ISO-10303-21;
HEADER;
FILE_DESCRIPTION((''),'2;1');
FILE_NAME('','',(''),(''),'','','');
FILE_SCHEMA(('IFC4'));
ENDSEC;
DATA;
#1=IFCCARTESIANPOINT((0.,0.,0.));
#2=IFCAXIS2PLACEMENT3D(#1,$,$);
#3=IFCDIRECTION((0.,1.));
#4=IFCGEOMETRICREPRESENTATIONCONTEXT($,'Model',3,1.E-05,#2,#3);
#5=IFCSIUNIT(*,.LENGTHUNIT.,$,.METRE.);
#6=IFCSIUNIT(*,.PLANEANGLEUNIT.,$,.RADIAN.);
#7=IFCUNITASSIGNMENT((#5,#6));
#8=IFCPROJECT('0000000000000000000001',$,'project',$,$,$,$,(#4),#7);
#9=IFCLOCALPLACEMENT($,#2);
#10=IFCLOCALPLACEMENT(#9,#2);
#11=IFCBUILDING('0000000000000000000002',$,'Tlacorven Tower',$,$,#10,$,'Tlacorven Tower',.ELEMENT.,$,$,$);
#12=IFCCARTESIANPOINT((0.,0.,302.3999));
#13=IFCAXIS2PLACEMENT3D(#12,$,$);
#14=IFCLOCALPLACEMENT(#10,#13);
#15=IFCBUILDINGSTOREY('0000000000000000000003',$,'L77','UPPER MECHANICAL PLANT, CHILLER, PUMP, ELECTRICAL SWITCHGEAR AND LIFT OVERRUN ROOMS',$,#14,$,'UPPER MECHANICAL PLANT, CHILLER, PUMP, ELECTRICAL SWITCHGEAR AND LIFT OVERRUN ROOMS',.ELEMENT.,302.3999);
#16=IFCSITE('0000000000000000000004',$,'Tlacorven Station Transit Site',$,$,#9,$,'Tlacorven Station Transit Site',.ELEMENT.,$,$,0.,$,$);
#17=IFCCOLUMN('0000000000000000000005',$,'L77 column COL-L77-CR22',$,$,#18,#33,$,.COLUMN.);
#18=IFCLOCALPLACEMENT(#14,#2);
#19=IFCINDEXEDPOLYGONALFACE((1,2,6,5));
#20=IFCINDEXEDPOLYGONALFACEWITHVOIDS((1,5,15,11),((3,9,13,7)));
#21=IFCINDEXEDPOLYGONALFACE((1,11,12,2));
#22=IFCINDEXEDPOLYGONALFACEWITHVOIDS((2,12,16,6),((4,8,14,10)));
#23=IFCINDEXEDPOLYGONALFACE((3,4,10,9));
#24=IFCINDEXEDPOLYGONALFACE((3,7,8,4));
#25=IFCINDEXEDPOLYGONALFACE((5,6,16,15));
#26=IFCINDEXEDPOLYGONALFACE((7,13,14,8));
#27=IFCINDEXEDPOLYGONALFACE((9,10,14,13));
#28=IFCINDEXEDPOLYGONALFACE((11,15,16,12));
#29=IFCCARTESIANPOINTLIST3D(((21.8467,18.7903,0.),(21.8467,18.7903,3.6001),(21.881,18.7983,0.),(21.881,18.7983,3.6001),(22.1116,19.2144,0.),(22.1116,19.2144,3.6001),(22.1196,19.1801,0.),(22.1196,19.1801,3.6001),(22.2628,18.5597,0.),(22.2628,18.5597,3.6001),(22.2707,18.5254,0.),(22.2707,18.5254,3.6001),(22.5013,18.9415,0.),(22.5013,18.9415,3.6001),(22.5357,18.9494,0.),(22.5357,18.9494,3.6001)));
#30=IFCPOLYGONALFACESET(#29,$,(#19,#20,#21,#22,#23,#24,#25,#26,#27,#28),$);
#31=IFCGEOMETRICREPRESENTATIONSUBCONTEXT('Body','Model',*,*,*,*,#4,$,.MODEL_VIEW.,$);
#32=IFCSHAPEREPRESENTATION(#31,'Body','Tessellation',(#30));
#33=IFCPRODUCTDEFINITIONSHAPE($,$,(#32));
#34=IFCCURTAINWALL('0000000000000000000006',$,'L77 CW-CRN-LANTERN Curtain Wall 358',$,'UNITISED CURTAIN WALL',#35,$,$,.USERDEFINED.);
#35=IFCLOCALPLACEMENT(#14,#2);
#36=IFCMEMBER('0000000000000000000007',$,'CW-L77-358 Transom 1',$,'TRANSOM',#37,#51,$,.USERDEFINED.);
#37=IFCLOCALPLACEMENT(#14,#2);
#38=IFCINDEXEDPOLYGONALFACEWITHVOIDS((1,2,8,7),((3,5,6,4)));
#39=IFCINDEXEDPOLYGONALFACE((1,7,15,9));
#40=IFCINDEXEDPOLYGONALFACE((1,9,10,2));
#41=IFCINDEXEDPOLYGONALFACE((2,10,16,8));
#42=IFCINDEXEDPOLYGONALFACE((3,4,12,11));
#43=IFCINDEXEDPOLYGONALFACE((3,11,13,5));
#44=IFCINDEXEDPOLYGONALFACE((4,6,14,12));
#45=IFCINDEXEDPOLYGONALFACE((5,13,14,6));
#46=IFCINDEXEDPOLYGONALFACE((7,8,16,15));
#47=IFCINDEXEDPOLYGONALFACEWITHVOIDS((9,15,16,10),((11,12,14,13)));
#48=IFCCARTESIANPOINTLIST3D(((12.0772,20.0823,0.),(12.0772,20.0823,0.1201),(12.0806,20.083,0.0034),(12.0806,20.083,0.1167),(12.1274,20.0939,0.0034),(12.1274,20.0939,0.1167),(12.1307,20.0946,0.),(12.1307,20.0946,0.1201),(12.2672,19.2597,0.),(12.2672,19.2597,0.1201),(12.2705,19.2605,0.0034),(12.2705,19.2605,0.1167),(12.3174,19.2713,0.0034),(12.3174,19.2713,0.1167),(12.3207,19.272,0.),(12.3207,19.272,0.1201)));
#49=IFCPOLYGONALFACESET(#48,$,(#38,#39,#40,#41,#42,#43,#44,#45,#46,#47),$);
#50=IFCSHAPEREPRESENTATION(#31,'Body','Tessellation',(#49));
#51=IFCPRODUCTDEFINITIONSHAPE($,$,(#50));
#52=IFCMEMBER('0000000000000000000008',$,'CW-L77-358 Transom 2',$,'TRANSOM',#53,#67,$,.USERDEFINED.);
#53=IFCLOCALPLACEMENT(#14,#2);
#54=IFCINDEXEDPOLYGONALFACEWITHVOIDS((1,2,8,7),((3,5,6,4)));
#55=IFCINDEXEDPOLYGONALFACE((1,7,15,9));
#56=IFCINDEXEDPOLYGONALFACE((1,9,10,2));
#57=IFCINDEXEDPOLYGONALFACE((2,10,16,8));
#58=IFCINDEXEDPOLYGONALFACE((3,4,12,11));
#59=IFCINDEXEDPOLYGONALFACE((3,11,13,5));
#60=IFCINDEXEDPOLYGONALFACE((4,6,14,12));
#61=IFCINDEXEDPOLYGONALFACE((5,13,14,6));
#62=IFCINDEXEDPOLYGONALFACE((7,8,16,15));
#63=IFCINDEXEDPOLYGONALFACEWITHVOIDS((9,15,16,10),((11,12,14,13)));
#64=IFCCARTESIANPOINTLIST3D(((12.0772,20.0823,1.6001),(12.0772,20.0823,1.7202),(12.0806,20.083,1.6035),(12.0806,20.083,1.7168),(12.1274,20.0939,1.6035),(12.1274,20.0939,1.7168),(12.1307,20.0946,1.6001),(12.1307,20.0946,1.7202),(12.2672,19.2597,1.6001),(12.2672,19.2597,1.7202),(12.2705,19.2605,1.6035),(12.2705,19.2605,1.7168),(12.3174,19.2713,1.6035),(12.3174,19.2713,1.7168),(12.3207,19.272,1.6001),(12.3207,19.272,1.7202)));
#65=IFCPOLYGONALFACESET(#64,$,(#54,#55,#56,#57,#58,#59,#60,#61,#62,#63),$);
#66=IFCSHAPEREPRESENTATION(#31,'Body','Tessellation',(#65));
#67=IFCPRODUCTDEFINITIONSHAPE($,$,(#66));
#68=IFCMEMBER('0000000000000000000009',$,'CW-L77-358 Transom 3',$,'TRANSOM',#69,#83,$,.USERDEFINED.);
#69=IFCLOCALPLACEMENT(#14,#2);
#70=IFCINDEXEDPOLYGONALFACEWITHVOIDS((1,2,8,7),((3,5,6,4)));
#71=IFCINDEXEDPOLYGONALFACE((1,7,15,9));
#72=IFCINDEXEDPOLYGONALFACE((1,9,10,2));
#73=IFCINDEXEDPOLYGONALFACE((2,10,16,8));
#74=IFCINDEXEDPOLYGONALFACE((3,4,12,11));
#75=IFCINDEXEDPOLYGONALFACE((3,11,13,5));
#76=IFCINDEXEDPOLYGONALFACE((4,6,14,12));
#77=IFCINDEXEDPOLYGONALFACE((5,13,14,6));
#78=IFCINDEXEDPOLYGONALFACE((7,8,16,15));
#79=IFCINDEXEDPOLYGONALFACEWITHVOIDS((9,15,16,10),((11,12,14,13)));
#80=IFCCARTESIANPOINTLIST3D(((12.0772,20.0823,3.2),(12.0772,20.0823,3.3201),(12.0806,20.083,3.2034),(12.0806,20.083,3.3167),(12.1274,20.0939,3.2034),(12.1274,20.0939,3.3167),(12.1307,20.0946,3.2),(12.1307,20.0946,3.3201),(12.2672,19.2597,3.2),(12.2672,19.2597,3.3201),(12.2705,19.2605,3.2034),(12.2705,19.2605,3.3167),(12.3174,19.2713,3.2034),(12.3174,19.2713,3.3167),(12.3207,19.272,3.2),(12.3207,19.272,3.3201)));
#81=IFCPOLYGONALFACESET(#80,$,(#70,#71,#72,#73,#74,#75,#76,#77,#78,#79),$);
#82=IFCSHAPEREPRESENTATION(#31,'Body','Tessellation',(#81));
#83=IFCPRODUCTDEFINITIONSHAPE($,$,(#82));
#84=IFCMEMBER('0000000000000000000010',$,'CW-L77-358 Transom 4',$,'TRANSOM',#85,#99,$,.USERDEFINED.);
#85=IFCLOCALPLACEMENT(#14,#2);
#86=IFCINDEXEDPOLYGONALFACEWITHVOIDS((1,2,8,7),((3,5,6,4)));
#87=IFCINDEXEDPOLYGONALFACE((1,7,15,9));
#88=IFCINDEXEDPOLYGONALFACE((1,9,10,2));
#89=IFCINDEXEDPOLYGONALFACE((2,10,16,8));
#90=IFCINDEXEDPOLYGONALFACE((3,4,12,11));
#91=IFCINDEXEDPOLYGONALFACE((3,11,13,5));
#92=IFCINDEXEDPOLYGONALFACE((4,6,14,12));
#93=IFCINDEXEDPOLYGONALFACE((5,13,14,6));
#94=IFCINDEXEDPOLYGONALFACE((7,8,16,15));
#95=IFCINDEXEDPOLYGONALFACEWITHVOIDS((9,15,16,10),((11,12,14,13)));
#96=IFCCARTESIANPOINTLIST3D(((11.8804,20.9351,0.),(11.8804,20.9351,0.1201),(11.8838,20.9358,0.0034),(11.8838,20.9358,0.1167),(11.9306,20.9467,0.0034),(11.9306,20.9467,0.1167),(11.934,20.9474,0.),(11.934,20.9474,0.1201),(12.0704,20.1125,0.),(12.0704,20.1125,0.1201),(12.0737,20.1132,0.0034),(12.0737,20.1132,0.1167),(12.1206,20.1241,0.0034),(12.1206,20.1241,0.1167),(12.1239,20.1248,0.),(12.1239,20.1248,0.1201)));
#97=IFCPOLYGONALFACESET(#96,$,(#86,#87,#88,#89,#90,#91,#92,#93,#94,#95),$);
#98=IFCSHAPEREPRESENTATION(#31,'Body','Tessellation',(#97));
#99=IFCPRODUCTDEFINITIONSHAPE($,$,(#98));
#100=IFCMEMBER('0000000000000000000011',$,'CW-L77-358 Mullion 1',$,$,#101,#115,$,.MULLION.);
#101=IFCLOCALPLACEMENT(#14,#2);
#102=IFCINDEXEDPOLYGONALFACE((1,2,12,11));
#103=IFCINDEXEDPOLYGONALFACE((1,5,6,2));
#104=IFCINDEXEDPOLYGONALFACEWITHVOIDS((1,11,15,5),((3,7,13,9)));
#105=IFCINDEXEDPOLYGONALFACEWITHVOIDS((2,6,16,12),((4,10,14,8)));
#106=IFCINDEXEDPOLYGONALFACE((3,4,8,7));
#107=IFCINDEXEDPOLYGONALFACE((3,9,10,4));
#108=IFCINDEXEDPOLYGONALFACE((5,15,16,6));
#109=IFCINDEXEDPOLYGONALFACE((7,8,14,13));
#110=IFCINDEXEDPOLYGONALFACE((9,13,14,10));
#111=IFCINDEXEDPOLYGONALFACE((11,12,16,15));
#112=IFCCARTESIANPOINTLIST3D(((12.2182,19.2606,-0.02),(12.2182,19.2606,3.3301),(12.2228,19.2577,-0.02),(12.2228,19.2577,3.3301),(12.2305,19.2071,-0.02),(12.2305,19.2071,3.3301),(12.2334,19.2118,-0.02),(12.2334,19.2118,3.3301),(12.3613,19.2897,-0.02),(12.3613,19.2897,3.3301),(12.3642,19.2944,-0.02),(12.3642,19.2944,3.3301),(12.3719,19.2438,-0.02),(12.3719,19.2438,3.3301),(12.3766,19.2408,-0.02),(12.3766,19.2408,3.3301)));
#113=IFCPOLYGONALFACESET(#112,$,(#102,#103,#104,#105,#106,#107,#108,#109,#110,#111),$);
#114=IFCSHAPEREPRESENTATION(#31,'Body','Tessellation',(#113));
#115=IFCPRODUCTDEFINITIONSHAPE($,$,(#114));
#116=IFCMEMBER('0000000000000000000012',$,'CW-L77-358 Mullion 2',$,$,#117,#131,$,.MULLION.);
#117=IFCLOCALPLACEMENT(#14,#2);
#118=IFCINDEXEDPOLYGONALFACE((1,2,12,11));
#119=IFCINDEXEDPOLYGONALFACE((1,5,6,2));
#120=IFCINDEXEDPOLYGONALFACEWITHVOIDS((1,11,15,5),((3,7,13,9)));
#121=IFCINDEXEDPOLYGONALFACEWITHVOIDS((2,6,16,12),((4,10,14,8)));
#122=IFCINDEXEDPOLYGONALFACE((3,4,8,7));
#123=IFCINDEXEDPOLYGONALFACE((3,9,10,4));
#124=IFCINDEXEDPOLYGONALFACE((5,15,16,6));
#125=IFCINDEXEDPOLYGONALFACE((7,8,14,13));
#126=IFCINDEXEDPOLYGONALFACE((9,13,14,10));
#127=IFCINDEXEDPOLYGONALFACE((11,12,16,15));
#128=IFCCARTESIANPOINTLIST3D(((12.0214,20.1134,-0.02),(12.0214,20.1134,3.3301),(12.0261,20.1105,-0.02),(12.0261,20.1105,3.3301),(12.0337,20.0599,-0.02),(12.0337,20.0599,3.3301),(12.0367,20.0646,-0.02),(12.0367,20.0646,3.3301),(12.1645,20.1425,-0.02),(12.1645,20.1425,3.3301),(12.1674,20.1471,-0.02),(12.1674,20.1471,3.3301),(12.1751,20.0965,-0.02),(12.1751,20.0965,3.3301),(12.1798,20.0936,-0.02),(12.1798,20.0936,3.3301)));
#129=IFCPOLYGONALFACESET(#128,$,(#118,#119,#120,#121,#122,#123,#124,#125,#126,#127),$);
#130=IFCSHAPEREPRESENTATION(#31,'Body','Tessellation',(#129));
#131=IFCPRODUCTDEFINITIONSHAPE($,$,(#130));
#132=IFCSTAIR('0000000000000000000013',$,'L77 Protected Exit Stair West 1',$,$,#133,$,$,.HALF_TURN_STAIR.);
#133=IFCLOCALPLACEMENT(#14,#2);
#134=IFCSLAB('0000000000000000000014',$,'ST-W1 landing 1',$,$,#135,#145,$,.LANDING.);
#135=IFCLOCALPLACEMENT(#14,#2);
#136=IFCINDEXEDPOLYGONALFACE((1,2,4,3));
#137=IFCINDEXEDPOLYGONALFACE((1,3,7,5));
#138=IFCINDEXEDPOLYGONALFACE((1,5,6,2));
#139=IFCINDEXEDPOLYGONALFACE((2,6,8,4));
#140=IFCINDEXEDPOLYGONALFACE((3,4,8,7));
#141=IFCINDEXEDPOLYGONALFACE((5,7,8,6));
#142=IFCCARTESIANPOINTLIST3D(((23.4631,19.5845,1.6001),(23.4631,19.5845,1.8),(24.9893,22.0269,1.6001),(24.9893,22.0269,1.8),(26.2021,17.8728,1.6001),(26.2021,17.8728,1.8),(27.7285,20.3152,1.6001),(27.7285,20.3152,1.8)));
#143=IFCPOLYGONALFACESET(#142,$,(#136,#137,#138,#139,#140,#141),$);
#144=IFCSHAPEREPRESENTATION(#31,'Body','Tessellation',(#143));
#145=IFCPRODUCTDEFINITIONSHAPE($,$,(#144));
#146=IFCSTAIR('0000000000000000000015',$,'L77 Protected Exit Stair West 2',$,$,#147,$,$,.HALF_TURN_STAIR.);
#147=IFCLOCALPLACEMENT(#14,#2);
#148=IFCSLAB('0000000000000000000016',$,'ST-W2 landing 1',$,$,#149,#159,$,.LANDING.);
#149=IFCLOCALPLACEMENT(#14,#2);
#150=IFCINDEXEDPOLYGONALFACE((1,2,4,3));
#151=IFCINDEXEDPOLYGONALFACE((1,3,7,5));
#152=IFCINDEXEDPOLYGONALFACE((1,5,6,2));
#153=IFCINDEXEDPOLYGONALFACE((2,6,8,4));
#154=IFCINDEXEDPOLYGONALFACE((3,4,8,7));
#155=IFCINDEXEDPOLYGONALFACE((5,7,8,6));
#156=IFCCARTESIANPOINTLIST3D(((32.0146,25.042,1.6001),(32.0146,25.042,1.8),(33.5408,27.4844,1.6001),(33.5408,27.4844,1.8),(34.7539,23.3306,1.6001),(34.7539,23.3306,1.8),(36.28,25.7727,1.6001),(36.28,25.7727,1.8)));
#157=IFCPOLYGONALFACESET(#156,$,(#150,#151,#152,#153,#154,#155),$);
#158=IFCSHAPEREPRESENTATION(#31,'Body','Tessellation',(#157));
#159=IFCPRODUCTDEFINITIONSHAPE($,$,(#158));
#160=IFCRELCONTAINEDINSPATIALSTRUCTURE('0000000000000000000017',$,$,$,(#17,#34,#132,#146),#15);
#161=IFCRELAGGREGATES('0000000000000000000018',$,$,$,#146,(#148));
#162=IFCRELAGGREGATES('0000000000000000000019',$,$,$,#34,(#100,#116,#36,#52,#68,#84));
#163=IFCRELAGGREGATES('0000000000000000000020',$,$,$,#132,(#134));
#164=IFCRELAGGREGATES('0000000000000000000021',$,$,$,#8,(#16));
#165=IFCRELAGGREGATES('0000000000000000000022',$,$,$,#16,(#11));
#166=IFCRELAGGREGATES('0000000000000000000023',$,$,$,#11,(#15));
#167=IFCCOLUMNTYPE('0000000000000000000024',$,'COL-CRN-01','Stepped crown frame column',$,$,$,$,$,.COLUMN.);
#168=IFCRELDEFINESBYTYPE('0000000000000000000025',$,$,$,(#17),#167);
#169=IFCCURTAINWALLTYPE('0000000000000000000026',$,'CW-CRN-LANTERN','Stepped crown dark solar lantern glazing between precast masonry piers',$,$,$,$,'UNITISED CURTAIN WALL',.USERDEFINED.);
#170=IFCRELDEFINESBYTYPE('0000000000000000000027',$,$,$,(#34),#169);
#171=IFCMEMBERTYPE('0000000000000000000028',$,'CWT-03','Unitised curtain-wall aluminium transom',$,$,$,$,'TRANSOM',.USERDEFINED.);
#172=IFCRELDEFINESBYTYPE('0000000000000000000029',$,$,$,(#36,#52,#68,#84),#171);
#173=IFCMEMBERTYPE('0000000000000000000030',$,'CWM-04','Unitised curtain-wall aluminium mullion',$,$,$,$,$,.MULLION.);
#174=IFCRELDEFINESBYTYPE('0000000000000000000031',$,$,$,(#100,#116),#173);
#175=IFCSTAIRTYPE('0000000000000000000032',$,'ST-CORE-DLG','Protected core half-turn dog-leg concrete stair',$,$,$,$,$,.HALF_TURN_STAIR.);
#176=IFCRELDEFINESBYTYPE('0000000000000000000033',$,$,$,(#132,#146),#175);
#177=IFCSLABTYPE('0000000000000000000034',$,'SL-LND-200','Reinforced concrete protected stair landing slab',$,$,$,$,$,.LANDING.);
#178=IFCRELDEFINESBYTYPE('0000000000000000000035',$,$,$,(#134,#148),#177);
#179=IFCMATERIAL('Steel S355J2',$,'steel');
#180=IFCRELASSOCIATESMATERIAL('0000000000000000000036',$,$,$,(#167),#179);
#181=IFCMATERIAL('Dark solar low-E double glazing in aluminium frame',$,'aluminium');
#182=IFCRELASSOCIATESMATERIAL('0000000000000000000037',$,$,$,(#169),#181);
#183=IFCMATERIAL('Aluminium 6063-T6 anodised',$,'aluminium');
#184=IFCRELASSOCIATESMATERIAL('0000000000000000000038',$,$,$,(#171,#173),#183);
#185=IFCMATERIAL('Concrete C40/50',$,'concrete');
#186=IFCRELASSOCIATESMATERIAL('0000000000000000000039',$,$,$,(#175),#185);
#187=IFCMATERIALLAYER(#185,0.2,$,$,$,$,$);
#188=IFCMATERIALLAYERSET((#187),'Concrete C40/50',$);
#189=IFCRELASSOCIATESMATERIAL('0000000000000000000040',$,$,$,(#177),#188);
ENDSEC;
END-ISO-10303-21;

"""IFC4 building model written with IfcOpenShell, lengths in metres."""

from ifc_helpers import new_model, si_unit, direction, frame, origin, origin_2d, place, context, subcontext, project, spatial, polyline, hollow_rectangle, outline, extrude, source, transform, mapped, material, layer, layer_set, material_profile, profile_set, type_object, element, aggregate, save


model = new_model("IFC4")

# Units and contexts
model_context = context("Model", 3, precision=1e-05, world=origin(), true_north=direction((0.0, 1.0)))
body_context = subcontext(model_context, "Body", "Model", "MODEL_VIEW")
ifc_project = project(units=[si_unit("LENGTHUNIT", "METRE"), si_unit("PLANEANGLEUNIT", "RADIAN")], contexts=[model_context])

# Site, building, storey
site_placement = place(None, origin())
site = spatial("IfcSite", under=ifc_project, at=site_placement, Name="Tlacorven Station Transit Site", LongName="Tlacorven Station Transit Site", CompositionType="ELEMENT", RefElevation=0.0)
building_placement = place(site_placement, origin())
building = spatial("IfcBuilding", under=site, at=building_placement, Name="Tlacorven Tower", LongName="Tlacorven Tower", CompositionType="ELEMENT")
storey_placement = place(building_placement, frame((0.0, 0.0, 302.3999)))
storey = spatial("IfcBuildingStorey", under=building, at=storey_placement, Name="L77", Description="UPPER MECHANICAL PLANT, CHILLER, PUMP, ELECTRICAL SWITCHGEAR AND LIFT OVERRUN ROOMS", LongName="UPPER MECHANICAL PLANT, CHILLER, PUMP, ELECTRICAL SWITCHGEAR AND LIFT OVERRUN ROOMS", CompositionType="ELEMENT", Elevation=302.3999)

# Column
ifc_material_1 = material(Name="Steel S355J2", Category="steel")
ifc_material_profile_1 = material_profile(ifc_material_1, hollow_rectangle(XDim=0.5, YDim=0.5, WallThickness=0.0249, at=origin_2d()), Name="BOX 500X500X25")
ifc_profile_set_1 = profile_set([ifc_material_profile_1], Name="Steel S355J2")
column_type = type_object("IfcColumnType", Name="COL-CRN-01", Description="Stepped crown frame column", PredefinedType="COLUMN", material=ifc_profile_set_1)
shared_shape_1 = source(origin(), body_context, "Body", "SweptSolid", [
    extrude(hollow_rectangle(XDim=0.5, YDim=0.5, WallThickness=0.0249, at=origin_2d()), origin(), (0.0, 0.0, 1.0), 3.6001),
])
column_placement = place(storey_placement, frame((22.1912, 18.8699, 0.0), z_axis=(0.0, 0.0, 1.0), x_axis=(-0.848048, 0.529919, 0.0)))
element("IfcColumn", 1, at=column_placement, inside=storey, type_object=column_type, Name="L77 column COL-L77-CR22", PredefinedType="COLUMN", context=body_context, shape_type="MappedRepresentation", body=[
    mapped(shared_shape_1, transform((0.0, 0.0, 0.0), scale=1.0)),
])

# Curtain wall, members
ifc_material_2 = material(Name="Dark solar low-E double glazing in aluminium frame", Category="aluminium")
curtain_wall_type = type_object("IfcCurtainWallType", Name="CW-CRN-LANTERN", Description="Stepped crown dark solar lantern glazing between precast masonry piers", ElementType="UNITISED CURTAIN WALL", PredefinedType="USERDEFINED", material=ifc_material_2)
curtain_wall_placement = place(storey_placement, origin())
curtain_wall = element("IfcCurtainWall", 2, at=curtain_wall_placement, inside=storey, type_object=curtain_wall_type, Name="L77 CW-CRN-LANTERN Curtain Wall 358", ObjectType="UNITISED CURTAIN WALL", PredefinedType="USERDEFINED")
ifc_material_3 = material(Name="Aluminium 6063-T6 anodised", Category="aluminium")
ifc_material_profile_2 = material_profile(ifc_material_3, hollow_rectangle(XDim=0.0549, YDim=0.1201, WallThickness=0.0034, at=origin_2d()), Name="ALU TRANSOM 55X120")
ifc_profile_set_2 = profile_set([ifc_material_profile_2], Name="Aluminium 6063-T6 anodised")
member_type_1 = type_object("IfcMemberType", Name="CWT-03", Description="Unitised curtain-wall aluminium transom", ElementType="TRANSOM", PredefinedType="USERDEFINED", material=ifc_profile_set_2)
shared_shape_2 = source(origin(), body_context, "Body", "SweptSolid", [
    extrude(hollow_rectangle(XDim=0.0549, YDim=0.1201, WallThickness=0.0034, at=origin_2d()), origin(), (0.0, 0.0, 1.0), 0.8442),
])
member_1_placement = place(storey_placement, frame((12.2939, 19.2659, 0.0601), z_axis=(-0.225007, 0.974357, 0.0), x_axis=(-0.974357, -0.225007, 0.0)))
member_1 = element("IfcMember", 3, at=member_1_placement, type_object=member_type_1, Name="CW-L77-358 Transom 1", ObjectType="TRANSOM", PredefinedType="USERDEFINED", context=body_context, shape_type="MappedRepresentation", body=[
    mapped(shared_shape_2, transform((0.0, 0.0, 0.0), scale=1.0)),
])
member_2_placement = place(storey_placement, frame((12.2939, 19.2659, 1.6602), z_axis=(-0.225007, 0.974357, 0.0), x_axis=(-0.974357, -0.225007, 0.0)))
member_2 = element("IfcMember", 4, at=member_2_placement, type_object=member_type_1, Name="CW-L77-358 Transom 2", ObjectType="TRANSOM", PredefinedType="USERDEFINED", context=body_context, shape_type="MappedRepresentation", body=[
    mapped(shared_shape_2, transform((0.0, 0.0, 0.0), scale=1.0)),
])
member_3_placement = place(storey_placement, frame((12.2939, 19.2659, 3.26), z_axis=(-0.225007, 0.974357, 0.0), x_axis=(-0.974357, -0.225007, 0.0)))
member_3 = element("IfcMember", 5, at=member_3_placement, type_object=member_type_1, Name="CW-L77-358 Transom 3", ObjectType="TRANSOM", PredefinedType="USERDEFINED", context=body_context, shape_type="MappedRepresentation", body=[
    mapped(shared_shape_2, transform((0.0, 0.0, 0.0), scale=1.0)),
])
member_4_placement = place(storey_placement, frame((12.0972, 20.1187, 0.0601), z_axis=(-0.225007, 0.974357, 0.0), x_axis=(-0.974357, -0.225007, 0.0)))
member_4 = element("IfcMember", 6, at=member_4_placement, type_object=member_type_1, Name="CW-L77-358 Transom 4", ObjectType="TRANSOM", PredefinedType="USERDEFINED", context=body_context, shape_type="MappedRepresentation", body=[
    mapped(shared_shape_2, transform((0.0, 0.0, 0.0), scale=1.0)),
])
ifc_material_profile_3 = material_profile(ifc_material_3, hollow_rectangle(XDim=0.0549, YDim=0.1499, WallThickness=0.0039, at=origin_2d()), Name="ALU MULLION 55X150")
ifc_profile_set_3 = profile_set([ifc_material_profile_3], Name="Aluminium 6063-T6 anodised")
member_type_2 = type_object("IfcMemberType", Name="CWM-04", Description="Unitised curtain-wall aluminium mullion", PredefinedType="MULLION", material=ifc_profile_set_3)
shared_shape_3 = source(origin(), body_context, "Body", "SweptSolid", [
    extrude(hollow_rectangle(XDim=0.0549, YDim=0.1499, WallThickness=0.0039, at=origin_2d()), origin(), (0.0, 0.0, 1.0), 3.3501),
])
member_5_placement = place(storey_placement, frame((12.2974, 19.2507, -0.02), z_axis=(0.0, 0.0, 1.0), x_axis=(-0.22495, 0.97437, 0.0)))
member_5 = element("IfcMember", 7, at=member_5_placement, type_object=member_type_2, Name="CW-L77-358 Mullion 1", PredefinedType="MULLION", context=body_context, shape_type="MappedRepresentation", body=[
    mapped(shared_shape_3, transform((0.0, 0.0, 0.0), scale=1.0)),
])
member_6_placement = place(storey_placement, frame((12.1006, 20.1035, -0.02), z_axis=(0.0, 0.0, 1.0), x_axis=(-0.22495, 0.97437, 0.0)))
member_6 = element("IfcMember", 8, at=member_6_placement, type_object=member_type_2, Name="CW-L77-358 Mullion 2", PredefinedType="MULLION", context=body_context, shape_type="MappedRepresentation", body=[
    mapped(shared_shape_3, transform((0.0, 0.0, 0.0), scale=1.0)),
])

# Stairs, slabs
ifc_material_4 = material(Name="Concrete C40/50", Category="concrete")
stair_type = type_object("IfcStairType", Name="ST-CORE-DLG", Description="Protected core half-turn dog-leg concrete stair", PredefinedType="HALF_TURN_STAIR", material=ifc_material_4)
stair_1_placement = place(storey_placement, origin())
stair_1 = element("IfcStair", 9, at=stair_1_placement, inside=storey, type_object=stair_type, Name="L77 Protected Exit Stair West 1", PredefinedType="HALF_TURN_STAIR")
ifc_layer_1 = layer(ifc_material_4, 0.2)
ifc_layer_set_1 = layer_set([ifc_layer_1], Name="Concrete C40/50")
slab_type_1 = type_object("IfcSlabType", Name="SL-LND-200", Description="Reinforced concrete protected stair landing slab", PredefinedType="LANDING", material=ifc_layer_set_1)
slab_1_placement = place(storey_placement, frame((0.0, 0.0, 1.6001)))
slab_1 = element("IfcSlab", 10, at=slab_1_placement, type_object=slab_type_1, Name="ST-W1 landing 1", PredefinedType="LANDING", context=body_context, shape_type="SweptSolid", body=[
    extrude(outline(polyline([(27.7285, 20.3152), (24.9893, 22.0269), (23.4631, 19.5845), (26.2021, 17.8728), (27.7285, 20.3152)])), origin(), (0.0, 0.0, 1.0), 0.2),
])
stair_2_placement = place(storey_placement, origin())
stair_2 = element("IfcStair", 11, at=stair_2_placement, inside=storey, type_object=stair_type, Name="L77 Protected Exit Stair West 2", PredefinedType="HALF_TURN_STAIR")
slab_2_placement = place(storey_placement, frame((0.0, 0.0, 1.6001)))
slab_2 = element("IfcSlab", 12, at=slab_2_placement, type_object=slab_type_1, Name="ST-W2 landing 1", PredefinedType="LANDING", context=body_context, shape_type="SweptSolid", body=[
    extrude(outline(polyline([(36.28, 25.7727), (33.5408, 27.4844), (32.0146, 25.042), (34.7539, 23.3306), (36.28, 25.7727)])), origin(), (0.0, 0.0, 1.0), 0.2),
])
aggregate(stair_2, [slab_2])

aggregate(curtain_wall, [member_5, member_6, member_1, member_2, member_3, member_4])

aggregate(stair_1, [slab_1])

save(model, "model.ifc")
